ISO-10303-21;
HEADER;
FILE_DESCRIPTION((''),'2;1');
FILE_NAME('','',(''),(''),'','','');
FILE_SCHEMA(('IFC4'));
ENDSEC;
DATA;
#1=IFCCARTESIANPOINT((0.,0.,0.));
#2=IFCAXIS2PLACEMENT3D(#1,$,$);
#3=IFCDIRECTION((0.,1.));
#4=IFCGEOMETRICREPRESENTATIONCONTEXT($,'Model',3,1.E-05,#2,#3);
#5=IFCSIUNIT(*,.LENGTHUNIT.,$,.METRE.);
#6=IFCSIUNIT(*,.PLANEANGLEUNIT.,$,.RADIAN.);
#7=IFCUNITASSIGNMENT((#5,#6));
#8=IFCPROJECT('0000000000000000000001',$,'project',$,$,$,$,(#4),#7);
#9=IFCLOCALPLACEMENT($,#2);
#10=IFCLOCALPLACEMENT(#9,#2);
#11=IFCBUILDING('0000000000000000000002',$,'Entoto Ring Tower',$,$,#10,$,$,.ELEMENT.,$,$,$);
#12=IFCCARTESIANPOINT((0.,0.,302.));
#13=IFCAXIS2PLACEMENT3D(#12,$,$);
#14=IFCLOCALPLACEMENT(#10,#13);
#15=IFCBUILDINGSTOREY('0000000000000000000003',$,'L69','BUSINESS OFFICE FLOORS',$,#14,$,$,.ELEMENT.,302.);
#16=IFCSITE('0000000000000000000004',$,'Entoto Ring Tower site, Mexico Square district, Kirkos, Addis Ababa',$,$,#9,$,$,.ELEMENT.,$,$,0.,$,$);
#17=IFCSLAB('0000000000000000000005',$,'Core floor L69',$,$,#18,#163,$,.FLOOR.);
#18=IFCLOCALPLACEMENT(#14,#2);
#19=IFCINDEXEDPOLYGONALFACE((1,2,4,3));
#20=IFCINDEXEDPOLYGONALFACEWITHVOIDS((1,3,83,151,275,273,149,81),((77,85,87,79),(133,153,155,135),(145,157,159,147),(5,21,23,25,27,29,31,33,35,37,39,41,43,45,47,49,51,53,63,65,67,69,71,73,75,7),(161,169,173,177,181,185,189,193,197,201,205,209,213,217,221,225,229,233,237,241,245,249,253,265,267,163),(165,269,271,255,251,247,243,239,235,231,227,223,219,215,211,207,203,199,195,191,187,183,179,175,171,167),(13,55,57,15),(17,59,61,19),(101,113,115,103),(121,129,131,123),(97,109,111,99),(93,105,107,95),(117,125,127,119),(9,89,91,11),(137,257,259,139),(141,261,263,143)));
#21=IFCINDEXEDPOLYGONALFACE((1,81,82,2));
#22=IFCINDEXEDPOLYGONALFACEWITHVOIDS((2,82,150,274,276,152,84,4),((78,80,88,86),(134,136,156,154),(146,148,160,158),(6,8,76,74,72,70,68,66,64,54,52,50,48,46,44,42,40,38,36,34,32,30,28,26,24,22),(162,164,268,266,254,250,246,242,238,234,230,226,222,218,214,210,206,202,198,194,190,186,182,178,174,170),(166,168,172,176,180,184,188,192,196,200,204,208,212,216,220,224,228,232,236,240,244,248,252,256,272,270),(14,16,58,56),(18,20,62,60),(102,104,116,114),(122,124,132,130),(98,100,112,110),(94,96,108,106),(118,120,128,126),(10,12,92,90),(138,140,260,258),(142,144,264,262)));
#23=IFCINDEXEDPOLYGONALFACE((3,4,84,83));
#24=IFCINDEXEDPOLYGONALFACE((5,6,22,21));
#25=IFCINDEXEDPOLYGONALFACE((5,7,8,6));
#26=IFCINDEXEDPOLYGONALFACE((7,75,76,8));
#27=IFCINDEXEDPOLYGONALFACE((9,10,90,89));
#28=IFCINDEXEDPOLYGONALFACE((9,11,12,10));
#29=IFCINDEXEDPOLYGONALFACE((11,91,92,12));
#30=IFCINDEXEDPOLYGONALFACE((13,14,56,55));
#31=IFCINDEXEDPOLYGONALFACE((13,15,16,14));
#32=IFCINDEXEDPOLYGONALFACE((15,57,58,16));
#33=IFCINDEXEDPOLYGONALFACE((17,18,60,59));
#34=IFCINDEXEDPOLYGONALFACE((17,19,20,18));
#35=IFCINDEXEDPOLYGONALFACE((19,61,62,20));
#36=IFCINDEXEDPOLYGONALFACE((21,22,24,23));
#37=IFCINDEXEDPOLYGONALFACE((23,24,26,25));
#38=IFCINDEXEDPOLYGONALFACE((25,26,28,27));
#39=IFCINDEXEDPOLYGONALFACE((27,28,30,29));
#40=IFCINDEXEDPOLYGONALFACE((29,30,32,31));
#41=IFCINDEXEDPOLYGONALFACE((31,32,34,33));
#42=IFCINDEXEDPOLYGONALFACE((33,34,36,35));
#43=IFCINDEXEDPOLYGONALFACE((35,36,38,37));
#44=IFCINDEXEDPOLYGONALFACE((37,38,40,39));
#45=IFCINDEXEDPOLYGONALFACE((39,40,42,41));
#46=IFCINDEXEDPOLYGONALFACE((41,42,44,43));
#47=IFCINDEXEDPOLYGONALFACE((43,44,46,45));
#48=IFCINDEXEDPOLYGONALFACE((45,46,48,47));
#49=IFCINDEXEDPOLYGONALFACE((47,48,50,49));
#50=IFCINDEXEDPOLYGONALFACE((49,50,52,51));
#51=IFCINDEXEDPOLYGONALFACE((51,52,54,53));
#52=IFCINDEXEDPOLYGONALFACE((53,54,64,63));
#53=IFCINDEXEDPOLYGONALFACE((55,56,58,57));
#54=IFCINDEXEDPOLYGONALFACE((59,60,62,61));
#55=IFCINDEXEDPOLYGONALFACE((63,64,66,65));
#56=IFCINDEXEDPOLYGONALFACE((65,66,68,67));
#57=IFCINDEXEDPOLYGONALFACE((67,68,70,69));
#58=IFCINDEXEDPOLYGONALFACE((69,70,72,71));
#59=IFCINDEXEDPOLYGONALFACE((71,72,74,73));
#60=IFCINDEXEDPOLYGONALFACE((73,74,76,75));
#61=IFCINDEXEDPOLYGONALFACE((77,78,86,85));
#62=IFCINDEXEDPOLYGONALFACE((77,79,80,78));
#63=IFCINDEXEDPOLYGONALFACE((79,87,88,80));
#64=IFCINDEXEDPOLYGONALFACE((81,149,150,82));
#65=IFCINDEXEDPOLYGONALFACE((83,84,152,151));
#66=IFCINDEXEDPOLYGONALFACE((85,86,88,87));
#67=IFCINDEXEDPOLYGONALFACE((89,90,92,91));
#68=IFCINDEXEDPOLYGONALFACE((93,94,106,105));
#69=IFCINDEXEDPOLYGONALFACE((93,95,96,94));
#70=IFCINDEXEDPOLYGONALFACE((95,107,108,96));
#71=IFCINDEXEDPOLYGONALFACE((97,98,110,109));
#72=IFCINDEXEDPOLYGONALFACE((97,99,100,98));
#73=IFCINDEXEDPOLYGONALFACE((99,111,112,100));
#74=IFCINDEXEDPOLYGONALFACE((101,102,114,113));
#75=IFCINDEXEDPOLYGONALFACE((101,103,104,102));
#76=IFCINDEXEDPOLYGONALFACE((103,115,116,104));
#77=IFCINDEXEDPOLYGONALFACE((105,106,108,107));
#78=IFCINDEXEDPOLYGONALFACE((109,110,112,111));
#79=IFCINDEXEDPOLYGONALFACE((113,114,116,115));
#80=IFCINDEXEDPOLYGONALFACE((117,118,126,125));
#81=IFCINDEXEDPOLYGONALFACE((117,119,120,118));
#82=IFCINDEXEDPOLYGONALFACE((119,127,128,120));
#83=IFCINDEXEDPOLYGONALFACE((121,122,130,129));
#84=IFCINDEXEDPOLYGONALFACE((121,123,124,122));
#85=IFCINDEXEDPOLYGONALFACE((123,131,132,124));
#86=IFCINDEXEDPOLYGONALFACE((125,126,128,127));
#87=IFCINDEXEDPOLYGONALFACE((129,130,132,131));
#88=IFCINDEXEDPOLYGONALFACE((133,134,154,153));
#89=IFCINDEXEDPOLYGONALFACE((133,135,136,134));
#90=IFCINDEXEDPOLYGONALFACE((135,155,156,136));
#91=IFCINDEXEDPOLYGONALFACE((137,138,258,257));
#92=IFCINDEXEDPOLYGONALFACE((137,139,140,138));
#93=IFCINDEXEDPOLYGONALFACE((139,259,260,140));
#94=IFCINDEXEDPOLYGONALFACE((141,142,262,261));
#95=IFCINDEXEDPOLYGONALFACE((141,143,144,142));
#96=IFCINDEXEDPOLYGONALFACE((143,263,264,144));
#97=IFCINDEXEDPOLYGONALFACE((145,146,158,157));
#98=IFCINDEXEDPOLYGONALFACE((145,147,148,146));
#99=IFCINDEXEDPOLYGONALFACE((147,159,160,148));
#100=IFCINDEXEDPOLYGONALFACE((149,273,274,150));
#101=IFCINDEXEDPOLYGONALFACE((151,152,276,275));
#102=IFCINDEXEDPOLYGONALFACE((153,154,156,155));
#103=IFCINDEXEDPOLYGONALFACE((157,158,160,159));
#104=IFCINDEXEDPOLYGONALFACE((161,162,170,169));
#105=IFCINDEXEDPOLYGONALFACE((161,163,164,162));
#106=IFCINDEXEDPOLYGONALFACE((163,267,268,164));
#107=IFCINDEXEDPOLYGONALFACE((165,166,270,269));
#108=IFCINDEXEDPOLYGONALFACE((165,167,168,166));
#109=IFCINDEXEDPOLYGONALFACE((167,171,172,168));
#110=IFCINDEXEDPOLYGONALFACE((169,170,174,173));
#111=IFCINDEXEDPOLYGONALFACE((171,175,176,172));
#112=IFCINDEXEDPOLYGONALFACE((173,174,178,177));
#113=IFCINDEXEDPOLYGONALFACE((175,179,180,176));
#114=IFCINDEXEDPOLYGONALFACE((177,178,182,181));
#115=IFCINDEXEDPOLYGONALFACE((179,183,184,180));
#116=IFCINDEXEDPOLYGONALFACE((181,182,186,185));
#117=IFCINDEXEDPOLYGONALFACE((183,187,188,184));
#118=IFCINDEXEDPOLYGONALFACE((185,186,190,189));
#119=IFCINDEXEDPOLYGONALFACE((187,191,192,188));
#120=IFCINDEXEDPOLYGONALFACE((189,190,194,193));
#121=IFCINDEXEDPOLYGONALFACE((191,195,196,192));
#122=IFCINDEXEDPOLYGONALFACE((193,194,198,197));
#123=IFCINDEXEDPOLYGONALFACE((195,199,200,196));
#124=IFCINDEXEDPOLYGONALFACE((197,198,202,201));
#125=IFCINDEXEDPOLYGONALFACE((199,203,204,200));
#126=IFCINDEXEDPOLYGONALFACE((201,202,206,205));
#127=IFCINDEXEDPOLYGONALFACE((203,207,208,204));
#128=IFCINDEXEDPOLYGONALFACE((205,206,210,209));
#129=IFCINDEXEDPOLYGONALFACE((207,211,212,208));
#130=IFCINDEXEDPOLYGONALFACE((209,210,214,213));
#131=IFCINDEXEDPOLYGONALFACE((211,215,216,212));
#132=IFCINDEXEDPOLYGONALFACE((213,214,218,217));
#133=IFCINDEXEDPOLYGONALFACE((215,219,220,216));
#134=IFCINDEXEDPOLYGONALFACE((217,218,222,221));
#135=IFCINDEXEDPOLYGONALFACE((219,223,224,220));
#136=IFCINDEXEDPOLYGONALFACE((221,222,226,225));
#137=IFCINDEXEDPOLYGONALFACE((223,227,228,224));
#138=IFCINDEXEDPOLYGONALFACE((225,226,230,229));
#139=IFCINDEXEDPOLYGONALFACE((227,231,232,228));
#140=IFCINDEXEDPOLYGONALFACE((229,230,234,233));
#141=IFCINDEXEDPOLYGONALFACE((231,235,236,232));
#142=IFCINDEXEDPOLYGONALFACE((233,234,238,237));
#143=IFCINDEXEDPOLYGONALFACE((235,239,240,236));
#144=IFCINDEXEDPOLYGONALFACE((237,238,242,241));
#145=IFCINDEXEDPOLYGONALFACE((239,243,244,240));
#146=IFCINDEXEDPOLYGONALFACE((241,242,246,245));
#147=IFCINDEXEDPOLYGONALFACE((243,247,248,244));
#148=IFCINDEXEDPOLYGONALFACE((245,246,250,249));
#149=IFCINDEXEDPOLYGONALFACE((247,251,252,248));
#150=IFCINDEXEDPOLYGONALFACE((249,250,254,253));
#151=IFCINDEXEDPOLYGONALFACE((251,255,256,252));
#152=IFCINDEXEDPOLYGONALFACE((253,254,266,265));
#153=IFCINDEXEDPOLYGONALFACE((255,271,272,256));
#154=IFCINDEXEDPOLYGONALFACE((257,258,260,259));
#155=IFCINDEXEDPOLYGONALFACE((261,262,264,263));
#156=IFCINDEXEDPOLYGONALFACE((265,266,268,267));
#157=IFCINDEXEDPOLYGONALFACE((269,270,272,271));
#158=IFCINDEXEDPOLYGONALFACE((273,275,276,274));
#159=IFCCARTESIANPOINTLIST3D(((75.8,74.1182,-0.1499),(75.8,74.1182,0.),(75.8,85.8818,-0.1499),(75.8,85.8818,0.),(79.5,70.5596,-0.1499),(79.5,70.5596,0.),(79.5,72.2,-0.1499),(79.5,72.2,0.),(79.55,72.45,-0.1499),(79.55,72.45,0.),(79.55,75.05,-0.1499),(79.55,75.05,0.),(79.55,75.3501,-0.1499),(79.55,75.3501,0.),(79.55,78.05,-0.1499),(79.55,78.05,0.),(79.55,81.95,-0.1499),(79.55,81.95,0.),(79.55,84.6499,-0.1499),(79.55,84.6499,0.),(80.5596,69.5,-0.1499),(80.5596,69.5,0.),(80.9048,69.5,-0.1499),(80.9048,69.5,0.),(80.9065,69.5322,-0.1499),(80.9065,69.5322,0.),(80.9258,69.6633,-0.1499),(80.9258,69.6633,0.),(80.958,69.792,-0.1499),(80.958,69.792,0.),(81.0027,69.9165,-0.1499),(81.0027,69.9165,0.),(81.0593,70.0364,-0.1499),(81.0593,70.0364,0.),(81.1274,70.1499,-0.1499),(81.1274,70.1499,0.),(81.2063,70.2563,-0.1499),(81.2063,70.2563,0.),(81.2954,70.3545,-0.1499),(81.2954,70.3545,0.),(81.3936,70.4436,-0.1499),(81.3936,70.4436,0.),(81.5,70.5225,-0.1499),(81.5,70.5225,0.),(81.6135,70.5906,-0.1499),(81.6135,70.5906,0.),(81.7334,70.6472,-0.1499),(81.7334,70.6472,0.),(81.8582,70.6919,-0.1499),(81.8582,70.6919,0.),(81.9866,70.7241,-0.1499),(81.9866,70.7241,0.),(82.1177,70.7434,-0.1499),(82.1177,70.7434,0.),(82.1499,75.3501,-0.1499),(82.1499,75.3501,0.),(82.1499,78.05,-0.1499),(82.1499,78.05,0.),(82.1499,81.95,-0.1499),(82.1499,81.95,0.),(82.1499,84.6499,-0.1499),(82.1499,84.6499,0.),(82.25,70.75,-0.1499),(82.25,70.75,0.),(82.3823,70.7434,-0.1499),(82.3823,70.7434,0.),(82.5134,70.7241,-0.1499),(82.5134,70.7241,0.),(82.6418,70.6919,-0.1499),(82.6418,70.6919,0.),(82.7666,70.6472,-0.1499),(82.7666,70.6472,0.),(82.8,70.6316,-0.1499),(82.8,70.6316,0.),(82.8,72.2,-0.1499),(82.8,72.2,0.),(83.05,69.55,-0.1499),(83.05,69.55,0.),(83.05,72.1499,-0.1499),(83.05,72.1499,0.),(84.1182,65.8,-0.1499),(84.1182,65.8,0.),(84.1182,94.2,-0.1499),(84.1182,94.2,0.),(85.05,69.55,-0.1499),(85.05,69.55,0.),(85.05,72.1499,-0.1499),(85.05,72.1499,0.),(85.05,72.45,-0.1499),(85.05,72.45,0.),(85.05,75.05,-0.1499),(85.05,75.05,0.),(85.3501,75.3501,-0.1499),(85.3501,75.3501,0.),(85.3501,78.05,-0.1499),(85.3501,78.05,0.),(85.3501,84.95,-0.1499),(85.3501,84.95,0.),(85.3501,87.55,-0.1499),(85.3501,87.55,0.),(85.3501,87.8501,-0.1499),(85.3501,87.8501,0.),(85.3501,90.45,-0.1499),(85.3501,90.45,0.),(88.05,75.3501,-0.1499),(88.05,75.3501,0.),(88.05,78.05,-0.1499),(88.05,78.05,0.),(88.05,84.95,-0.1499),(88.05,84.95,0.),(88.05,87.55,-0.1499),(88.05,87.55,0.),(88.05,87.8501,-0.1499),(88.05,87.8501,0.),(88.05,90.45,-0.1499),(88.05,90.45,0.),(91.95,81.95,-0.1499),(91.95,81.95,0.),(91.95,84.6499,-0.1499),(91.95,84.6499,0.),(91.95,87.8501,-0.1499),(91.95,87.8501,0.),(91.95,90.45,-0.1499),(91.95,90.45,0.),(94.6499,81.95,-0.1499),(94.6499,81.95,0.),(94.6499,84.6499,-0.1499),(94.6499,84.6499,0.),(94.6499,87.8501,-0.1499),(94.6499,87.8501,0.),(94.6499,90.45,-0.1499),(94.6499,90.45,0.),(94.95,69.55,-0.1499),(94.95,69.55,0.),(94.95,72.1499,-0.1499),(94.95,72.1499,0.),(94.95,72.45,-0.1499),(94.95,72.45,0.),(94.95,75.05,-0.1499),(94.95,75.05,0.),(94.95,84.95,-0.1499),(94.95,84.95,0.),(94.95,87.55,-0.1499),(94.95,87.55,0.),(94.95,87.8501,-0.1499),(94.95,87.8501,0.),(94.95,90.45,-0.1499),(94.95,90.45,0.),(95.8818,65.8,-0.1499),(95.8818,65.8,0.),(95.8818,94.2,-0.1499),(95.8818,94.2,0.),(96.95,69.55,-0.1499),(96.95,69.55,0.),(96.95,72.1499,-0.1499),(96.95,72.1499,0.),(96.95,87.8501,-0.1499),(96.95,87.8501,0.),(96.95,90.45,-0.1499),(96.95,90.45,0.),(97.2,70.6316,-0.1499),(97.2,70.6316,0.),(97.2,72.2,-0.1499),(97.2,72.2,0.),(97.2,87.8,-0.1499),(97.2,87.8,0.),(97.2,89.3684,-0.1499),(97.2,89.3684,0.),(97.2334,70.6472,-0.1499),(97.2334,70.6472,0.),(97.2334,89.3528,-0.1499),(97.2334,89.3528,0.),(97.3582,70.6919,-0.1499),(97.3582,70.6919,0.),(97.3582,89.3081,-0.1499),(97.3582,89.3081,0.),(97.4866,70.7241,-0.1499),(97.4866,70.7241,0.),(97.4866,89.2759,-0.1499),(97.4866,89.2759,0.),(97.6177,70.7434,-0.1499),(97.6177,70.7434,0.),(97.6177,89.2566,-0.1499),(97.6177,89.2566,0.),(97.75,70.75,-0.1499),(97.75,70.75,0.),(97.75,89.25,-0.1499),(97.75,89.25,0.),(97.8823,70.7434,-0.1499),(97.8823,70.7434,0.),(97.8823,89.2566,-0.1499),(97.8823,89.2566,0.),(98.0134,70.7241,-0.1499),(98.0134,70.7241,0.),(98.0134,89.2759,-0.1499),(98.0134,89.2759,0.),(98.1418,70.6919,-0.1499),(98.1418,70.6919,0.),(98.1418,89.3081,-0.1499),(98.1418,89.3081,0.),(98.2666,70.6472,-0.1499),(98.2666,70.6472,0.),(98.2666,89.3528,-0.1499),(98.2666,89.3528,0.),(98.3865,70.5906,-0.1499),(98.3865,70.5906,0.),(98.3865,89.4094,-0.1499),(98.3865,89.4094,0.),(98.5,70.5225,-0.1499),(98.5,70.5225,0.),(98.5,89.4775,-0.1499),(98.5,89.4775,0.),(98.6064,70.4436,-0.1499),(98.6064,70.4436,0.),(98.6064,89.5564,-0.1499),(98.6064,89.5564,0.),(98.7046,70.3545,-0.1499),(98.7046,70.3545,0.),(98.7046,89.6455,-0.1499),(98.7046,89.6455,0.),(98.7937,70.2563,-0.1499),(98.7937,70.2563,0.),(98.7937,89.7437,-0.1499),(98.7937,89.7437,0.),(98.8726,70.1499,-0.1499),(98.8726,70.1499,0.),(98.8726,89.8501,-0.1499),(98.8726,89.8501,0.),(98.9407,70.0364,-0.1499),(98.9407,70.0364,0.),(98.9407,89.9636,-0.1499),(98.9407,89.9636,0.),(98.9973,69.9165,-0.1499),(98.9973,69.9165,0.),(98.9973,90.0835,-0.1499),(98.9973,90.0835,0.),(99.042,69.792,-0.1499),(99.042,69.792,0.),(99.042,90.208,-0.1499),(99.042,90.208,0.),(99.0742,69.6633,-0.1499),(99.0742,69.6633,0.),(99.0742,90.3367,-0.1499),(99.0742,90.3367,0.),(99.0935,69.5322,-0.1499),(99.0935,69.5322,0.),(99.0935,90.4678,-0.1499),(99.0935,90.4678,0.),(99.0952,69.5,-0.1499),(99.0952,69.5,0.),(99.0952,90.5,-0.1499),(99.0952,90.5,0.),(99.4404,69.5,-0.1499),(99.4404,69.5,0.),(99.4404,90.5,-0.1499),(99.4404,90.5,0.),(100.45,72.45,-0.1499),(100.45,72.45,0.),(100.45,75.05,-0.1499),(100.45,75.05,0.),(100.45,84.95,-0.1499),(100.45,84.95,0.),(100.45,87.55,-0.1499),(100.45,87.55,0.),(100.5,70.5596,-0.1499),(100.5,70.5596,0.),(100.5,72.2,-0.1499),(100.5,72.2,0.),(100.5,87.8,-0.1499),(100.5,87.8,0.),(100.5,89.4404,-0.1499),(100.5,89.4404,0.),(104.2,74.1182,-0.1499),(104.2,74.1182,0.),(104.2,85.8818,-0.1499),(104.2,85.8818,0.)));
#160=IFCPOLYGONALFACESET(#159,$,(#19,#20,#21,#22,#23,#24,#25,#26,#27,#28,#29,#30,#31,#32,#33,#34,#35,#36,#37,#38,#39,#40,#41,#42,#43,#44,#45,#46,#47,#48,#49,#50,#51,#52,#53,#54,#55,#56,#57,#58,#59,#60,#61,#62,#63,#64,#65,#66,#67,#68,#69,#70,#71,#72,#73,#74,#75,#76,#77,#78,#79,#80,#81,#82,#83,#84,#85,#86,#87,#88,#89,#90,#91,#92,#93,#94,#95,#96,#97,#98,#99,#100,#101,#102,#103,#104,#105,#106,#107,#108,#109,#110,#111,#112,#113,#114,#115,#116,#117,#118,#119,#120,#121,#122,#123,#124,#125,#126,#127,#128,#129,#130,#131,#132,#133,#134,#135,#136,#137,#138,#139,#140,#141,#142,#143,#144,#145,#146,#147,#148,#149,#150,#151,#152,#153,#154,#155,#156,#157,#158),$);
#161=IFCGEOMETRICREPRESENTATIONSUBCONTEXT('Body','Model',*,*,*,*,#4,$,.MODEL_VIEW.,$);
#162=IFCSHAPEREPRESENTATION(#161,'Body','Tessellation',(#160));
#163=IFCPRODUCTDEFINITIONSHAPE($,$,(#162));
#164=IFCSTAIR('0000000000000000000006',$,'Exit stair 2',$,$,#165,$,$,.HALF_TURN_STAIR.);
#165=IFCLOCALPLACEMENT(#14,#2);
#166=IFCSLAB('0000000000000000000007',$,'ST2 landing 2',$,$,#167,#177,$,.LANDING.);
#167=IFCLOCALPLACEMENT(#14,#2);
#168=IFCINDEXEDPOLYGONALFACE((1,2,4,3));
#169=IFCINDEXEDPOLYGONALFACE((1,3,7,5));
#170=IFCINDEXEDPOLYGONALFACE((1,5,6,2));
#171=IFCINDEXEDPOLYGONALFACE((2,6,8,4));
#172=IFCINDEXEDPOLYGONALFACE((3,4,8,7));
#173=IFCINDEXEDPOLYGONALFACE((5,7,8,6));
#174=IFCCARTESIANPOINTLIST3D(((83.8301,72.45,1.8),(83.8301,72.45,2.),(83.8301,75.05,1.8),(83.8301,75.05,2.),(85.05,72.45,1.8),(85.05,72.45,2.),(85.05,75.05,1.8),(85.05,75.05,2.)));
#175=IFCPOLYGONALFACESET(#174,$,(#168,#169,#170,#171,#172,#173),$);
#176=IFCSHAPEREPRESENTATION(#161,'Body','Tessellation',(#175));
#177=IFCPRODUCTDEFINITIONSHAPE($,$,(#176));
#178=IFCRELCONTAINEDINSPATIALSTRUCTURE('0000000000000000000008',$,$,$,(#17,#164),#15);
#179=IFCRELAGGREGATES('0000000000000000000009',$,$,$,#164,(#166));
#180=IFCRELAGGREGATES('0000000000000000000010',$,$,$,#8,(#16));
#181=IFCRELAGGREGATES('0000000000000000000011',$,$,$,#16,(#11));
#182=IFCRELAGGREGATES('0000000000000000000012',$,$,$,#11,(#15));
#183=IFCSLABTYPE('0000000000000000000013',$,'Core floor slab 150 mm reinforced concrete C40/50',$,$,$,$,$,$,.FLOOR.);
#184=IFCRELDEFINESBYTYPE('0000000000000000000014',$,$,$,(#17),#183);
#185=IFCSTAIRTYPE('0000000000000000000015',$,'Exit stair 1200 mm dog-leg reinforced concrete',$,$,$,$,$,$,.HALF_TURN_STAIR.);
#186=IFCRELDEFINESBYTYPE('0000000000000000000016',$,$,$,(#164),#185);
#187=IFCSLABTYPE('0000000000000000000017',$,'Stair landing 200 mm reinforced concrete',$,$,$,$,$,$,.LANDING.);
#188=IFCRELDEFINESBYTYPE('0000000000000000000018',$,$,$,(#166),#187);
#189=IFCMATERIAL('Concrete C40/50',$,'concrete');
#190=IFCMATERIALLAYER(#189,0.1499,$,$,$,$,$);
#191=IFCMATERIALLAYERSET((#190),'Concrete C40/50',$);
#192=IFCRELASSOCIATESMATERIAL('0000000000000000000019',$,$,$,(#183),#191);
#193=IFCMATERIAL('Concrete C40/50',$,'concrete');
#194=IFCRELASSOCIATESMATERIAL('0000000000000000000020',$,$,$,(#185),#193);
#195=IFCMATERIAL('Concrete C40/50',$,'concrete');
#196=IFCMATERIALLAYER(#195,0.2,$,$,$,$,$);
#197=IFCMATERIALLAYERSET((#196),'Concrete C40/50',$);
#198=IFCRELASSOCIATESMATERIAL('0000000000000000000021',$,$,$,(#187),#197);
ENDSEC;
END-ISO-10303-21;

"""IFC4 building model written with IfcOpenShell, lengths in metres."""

from ifc_helpers import new_model, si_unit, direction, frame, origin, place, context, subcontext, project, spatial, polyline, outline, extrude, material, layer, layer_set, type_object, element, aggregate, save


model = new_model("IFC4")

# Units and contexts
model_context = context("Model", 3, precision=1e-05, world=origin(), true_north=direction((0.0, 1.0)))
body_context = subcontext(model_context, "Body", "Model", "MODEL_VIEW")
ifc_project = project(units=[si_unit("LENGTHUNIT", "METRE"), si_unit("PLANEANGLEUNIT", "RADIAN")], contexts=[model_context])

# Site, building, storey
site_placement = place(None, origin())
site = spatial("IfcSite", under=ifc_project, at=site_placement, Name="Entoto Ring Tower site, Mexico Square district, Kirkos, Addis Ababa", CompositionType="ELEMENT", RefElevation=0.0)
building_placement = place(site_placement, origin())
building = spatial("IfcBuilding", under=site, at=building_placement, Name="Entoto Ring Tower", CompositionType="ELEMENT")
storey_placement = place(building_placement, frame((0.0, 0.0, 302.0)))
storey = spatial("IfcBuildingStorey", under=building, at=storey_placement, Name="L69", Description="BUSINESS OFFICE FLOORS", CompositionType="ELEMENT", Elevation=302.0)

# Slab
ifc_material_1 = material(Name="Concrete C40/50", Category="concrete")
ifc_layer_1 = layer(ifc_material_1, 0.1499)
ifc_layer_set_1 = layer_set([ifc_layer_1], Name="Concrete C40/50")
slab_type_1 = type_object("IfcSlabType", Name="Core floor slab 150 mm reinforced concrete C40/50", PredefinedType="FLOOR", material=ifc_layer_set_1)
slab_1_placement = place(storey_placement, frame((0.0, 0.0, -0.1499)))
element("IfcSlab", 1, at=slab_1_placement, inside=storey, type_object=slab_type_1, Name="Core floor L69", PredefinedType="FLOOR", context=body_context, shape_type="SweptSolid", body=[
    extrude(outline(polyline([(104.2, 74.1182), (104.2, 85.8818), (95.8818, 94.2), (84.1182, 94.2), (75.8, 85.8818), (75.8, 74.1182), (84.1182, 65.8), (95.8818, 65.8), (104.2, 74.1182)]), holes=[polyline([(100.45, 84.95), (100.45, 87.55), (94.95, 87.55), (94.95, 84.95), (100.45, 84.95)]), polyline([(85.05, 72.45), (85.05, 75.05), (79.55, 75.05), (79.55, 72.45), (85.05, 72.45)]), polyline([(100.45, 72.45), (100.45, 75.05), (94.95, 75.05), (94.95, 72.45), (100.45, 72.45)]), polyline([(94.95, 90.45), (94.95, 87.8501), (96.95, 87.8501), (96.95, 90.45), (94.95, 90.45)]), polyline([(94.95, 72.1499), (94.95, 69.55), (96.95, 69.55), (96.95, 72.1499), (94.95, 72.1499)]), polyline([(83.05, 72.1499), (83.05, 69.55), (85.05, 69.55), (85.05, 72.1499), (83.05, 72.1499)]), polyline([(79.55, 81.95), (82.1499, 81.95), (82.1499, 84.6499), (79.55, 84.6499), (79.55, 81.95)]), polyline([(79.55, 75.3501), (82.1499, 75.3501), (82.1499, 78.05), (79.55, 78.05), (79.55, 75.3501)]), polyline([(91.95, 87.8501), (94.6499, 87.8501), (94.6499, 90.45), (91.95, 90.45), (91.95, 87.8501)]), polyline([(91.95, 81.95), (94.6499, 81.95), (94.6499, 84.6499), (91.95, 84.6499), (91.95, 81.95)]), polyline([(85.3501, 75.3501), (88.05, 75.3501), (88.05, 78.05), (85.3501, 78.05), (85.3501, 75.3501)]), polyline([(85.3501, 84.95), (88.05, 84.95), (88.05, 87.55), (85.3501, 87.55), (85.3501, 84.95)]), polyline([(85.3501, 87.8501), (88.05, 87.8501), (88.05, 90.45), (85.3501, 90.45), (85.3501, 87.8501)]), polyline([(97.2, 89.3684), (97.2, 87.8), (100.5, 87.8), (100.5, 89.4404), (99.4404, 90.5), (99.0952, 90.5), (99.0935, 90.4678), (99.0742, 90.3367), (99.042, 90.208), (98.9973, 90.0835), (98.9407, 89.9636), (98.8726, 89.8501), (98.7937, 89.7437), (98.7046, 89.6455), (98.6064, 89.5564), (98.5, 89.4775), (98.3865, 89.4094), (98.2666, 89.3528), (98.1418, 89.3081), (98.0134, 89.2759), (97.8823, 89.2566), (97.75, 89.25), (97.6177, 89.2566), (97.4866, 89.2759), (97.3582, 89.3081), (97.2334, 89.3528), (97.2, 89.3684)]), polyline([(80.5596, 69.5), (80.9048, 69.5), (80.9065, 69.5322), (80.9258, 69.6633), (80.958, 69.792), (81.0027, 69.9165), (81.0593, 70.0364), (81.1274, 70.1499), (81.2063, 70.2563), (81.2954, 70.3545), (81.3936, 70.4436), (81.5, 70.5225), (81.6135, 70.5906), (81.7334, 70.6472), (81.8582, 70.6919), (81.9866, 70.7241), (82.1177, 70.7434), (82.25, 70.75), (82.3823, 70.7434), (82.5134, 70.7241), (82.6418, 70.6919), (82.7666, 70.6472), (82.8, 70.6316), (82.8, 72.2), (79.5, 72.2), (79.5, 70.5596), (80.5596, 69.5)]), polyline([(99.0952, 69.5), (99.4404, 69.5), (100.5, 70.5596), (100.5, 72.2), (97.2, 72.2), (97.2, 70.6316), (97.2334, 70.6472), (97.3582, 70.6919), (97.4866, 70.7241), (97.6177, 70.7434), (97.75, 70.75), (97.8823, 70.7434), (98.0134, 70.7241), (98.1418, 70.6919), (98.2666, 70.6472), (98.3865, 70.5906), (98.5, 70.5225), (98.6064, 70.4436), (98.7046, 70.3545), (98.7937, 70.2563), (98.8726, 70.1499), (98.9407, 70.0364), (98.9973, 69.9165), (99.042, 69.792), (99.0742, 69.6633), (99.0935, 69.5322), (99.0952, 69.5)])]), origin(), (0.0, 0.0, 1.0), 0.1499),
])

# Stair, slab
ifc_material_2 = material(Name="Concrete C40/50", Category="concrete")
stair_type = type_object("IfcStairType", Name="Exit stair 1200 mm dog-leg reinforced concrete", PredefinedType="HALF_TURN_STAIR", material=ifc_material_2)
stair_1_placement = place(storey_placement, origin())
stair_1 = element("IfcStair", 2, at=stair_1_placement, inside=storey, type_object=stair_type, Name="Exit stair 2", PredefinedType="HALF_TURN_STAIR")
ifc_material_3 = material(Name="Concrete C40/50", Category="concrete")
ifc_layer_2 = layer(ifc_material_3, 0.2)
ifc_layer_set_2 = layer_set([ifc_layer_2], Name="Concrete C40/50")
slab_type_2 = type_object("IfcSlabType", Name="Stair landing 200 mm reinforced concrete", PredefinedType="LANDING", material=ifc_layer_set_2)
slab_2_placement = place(storey_placement, frame((0.0, 0.0, 1.8)))
slab_2 = element("IfcSlab", 3, at=slab_2_placement, type_object=slab_type_2, Name="ST2 landing 2", PredefinedType="LANDING", context=body_context, shape_type="SweptSolid", body=[
    extrude(outline(polyline([(83.8301, 72.45), (85.05, 72.45), (85.05, 75.05), (83.8301, 75.05), (83.8301, 72.45)])), origin(), (0.0, 0.0, 1.0), 0.2),
])
aggregate(stair_1, [slab_2])

save(model, "model.ifc")
